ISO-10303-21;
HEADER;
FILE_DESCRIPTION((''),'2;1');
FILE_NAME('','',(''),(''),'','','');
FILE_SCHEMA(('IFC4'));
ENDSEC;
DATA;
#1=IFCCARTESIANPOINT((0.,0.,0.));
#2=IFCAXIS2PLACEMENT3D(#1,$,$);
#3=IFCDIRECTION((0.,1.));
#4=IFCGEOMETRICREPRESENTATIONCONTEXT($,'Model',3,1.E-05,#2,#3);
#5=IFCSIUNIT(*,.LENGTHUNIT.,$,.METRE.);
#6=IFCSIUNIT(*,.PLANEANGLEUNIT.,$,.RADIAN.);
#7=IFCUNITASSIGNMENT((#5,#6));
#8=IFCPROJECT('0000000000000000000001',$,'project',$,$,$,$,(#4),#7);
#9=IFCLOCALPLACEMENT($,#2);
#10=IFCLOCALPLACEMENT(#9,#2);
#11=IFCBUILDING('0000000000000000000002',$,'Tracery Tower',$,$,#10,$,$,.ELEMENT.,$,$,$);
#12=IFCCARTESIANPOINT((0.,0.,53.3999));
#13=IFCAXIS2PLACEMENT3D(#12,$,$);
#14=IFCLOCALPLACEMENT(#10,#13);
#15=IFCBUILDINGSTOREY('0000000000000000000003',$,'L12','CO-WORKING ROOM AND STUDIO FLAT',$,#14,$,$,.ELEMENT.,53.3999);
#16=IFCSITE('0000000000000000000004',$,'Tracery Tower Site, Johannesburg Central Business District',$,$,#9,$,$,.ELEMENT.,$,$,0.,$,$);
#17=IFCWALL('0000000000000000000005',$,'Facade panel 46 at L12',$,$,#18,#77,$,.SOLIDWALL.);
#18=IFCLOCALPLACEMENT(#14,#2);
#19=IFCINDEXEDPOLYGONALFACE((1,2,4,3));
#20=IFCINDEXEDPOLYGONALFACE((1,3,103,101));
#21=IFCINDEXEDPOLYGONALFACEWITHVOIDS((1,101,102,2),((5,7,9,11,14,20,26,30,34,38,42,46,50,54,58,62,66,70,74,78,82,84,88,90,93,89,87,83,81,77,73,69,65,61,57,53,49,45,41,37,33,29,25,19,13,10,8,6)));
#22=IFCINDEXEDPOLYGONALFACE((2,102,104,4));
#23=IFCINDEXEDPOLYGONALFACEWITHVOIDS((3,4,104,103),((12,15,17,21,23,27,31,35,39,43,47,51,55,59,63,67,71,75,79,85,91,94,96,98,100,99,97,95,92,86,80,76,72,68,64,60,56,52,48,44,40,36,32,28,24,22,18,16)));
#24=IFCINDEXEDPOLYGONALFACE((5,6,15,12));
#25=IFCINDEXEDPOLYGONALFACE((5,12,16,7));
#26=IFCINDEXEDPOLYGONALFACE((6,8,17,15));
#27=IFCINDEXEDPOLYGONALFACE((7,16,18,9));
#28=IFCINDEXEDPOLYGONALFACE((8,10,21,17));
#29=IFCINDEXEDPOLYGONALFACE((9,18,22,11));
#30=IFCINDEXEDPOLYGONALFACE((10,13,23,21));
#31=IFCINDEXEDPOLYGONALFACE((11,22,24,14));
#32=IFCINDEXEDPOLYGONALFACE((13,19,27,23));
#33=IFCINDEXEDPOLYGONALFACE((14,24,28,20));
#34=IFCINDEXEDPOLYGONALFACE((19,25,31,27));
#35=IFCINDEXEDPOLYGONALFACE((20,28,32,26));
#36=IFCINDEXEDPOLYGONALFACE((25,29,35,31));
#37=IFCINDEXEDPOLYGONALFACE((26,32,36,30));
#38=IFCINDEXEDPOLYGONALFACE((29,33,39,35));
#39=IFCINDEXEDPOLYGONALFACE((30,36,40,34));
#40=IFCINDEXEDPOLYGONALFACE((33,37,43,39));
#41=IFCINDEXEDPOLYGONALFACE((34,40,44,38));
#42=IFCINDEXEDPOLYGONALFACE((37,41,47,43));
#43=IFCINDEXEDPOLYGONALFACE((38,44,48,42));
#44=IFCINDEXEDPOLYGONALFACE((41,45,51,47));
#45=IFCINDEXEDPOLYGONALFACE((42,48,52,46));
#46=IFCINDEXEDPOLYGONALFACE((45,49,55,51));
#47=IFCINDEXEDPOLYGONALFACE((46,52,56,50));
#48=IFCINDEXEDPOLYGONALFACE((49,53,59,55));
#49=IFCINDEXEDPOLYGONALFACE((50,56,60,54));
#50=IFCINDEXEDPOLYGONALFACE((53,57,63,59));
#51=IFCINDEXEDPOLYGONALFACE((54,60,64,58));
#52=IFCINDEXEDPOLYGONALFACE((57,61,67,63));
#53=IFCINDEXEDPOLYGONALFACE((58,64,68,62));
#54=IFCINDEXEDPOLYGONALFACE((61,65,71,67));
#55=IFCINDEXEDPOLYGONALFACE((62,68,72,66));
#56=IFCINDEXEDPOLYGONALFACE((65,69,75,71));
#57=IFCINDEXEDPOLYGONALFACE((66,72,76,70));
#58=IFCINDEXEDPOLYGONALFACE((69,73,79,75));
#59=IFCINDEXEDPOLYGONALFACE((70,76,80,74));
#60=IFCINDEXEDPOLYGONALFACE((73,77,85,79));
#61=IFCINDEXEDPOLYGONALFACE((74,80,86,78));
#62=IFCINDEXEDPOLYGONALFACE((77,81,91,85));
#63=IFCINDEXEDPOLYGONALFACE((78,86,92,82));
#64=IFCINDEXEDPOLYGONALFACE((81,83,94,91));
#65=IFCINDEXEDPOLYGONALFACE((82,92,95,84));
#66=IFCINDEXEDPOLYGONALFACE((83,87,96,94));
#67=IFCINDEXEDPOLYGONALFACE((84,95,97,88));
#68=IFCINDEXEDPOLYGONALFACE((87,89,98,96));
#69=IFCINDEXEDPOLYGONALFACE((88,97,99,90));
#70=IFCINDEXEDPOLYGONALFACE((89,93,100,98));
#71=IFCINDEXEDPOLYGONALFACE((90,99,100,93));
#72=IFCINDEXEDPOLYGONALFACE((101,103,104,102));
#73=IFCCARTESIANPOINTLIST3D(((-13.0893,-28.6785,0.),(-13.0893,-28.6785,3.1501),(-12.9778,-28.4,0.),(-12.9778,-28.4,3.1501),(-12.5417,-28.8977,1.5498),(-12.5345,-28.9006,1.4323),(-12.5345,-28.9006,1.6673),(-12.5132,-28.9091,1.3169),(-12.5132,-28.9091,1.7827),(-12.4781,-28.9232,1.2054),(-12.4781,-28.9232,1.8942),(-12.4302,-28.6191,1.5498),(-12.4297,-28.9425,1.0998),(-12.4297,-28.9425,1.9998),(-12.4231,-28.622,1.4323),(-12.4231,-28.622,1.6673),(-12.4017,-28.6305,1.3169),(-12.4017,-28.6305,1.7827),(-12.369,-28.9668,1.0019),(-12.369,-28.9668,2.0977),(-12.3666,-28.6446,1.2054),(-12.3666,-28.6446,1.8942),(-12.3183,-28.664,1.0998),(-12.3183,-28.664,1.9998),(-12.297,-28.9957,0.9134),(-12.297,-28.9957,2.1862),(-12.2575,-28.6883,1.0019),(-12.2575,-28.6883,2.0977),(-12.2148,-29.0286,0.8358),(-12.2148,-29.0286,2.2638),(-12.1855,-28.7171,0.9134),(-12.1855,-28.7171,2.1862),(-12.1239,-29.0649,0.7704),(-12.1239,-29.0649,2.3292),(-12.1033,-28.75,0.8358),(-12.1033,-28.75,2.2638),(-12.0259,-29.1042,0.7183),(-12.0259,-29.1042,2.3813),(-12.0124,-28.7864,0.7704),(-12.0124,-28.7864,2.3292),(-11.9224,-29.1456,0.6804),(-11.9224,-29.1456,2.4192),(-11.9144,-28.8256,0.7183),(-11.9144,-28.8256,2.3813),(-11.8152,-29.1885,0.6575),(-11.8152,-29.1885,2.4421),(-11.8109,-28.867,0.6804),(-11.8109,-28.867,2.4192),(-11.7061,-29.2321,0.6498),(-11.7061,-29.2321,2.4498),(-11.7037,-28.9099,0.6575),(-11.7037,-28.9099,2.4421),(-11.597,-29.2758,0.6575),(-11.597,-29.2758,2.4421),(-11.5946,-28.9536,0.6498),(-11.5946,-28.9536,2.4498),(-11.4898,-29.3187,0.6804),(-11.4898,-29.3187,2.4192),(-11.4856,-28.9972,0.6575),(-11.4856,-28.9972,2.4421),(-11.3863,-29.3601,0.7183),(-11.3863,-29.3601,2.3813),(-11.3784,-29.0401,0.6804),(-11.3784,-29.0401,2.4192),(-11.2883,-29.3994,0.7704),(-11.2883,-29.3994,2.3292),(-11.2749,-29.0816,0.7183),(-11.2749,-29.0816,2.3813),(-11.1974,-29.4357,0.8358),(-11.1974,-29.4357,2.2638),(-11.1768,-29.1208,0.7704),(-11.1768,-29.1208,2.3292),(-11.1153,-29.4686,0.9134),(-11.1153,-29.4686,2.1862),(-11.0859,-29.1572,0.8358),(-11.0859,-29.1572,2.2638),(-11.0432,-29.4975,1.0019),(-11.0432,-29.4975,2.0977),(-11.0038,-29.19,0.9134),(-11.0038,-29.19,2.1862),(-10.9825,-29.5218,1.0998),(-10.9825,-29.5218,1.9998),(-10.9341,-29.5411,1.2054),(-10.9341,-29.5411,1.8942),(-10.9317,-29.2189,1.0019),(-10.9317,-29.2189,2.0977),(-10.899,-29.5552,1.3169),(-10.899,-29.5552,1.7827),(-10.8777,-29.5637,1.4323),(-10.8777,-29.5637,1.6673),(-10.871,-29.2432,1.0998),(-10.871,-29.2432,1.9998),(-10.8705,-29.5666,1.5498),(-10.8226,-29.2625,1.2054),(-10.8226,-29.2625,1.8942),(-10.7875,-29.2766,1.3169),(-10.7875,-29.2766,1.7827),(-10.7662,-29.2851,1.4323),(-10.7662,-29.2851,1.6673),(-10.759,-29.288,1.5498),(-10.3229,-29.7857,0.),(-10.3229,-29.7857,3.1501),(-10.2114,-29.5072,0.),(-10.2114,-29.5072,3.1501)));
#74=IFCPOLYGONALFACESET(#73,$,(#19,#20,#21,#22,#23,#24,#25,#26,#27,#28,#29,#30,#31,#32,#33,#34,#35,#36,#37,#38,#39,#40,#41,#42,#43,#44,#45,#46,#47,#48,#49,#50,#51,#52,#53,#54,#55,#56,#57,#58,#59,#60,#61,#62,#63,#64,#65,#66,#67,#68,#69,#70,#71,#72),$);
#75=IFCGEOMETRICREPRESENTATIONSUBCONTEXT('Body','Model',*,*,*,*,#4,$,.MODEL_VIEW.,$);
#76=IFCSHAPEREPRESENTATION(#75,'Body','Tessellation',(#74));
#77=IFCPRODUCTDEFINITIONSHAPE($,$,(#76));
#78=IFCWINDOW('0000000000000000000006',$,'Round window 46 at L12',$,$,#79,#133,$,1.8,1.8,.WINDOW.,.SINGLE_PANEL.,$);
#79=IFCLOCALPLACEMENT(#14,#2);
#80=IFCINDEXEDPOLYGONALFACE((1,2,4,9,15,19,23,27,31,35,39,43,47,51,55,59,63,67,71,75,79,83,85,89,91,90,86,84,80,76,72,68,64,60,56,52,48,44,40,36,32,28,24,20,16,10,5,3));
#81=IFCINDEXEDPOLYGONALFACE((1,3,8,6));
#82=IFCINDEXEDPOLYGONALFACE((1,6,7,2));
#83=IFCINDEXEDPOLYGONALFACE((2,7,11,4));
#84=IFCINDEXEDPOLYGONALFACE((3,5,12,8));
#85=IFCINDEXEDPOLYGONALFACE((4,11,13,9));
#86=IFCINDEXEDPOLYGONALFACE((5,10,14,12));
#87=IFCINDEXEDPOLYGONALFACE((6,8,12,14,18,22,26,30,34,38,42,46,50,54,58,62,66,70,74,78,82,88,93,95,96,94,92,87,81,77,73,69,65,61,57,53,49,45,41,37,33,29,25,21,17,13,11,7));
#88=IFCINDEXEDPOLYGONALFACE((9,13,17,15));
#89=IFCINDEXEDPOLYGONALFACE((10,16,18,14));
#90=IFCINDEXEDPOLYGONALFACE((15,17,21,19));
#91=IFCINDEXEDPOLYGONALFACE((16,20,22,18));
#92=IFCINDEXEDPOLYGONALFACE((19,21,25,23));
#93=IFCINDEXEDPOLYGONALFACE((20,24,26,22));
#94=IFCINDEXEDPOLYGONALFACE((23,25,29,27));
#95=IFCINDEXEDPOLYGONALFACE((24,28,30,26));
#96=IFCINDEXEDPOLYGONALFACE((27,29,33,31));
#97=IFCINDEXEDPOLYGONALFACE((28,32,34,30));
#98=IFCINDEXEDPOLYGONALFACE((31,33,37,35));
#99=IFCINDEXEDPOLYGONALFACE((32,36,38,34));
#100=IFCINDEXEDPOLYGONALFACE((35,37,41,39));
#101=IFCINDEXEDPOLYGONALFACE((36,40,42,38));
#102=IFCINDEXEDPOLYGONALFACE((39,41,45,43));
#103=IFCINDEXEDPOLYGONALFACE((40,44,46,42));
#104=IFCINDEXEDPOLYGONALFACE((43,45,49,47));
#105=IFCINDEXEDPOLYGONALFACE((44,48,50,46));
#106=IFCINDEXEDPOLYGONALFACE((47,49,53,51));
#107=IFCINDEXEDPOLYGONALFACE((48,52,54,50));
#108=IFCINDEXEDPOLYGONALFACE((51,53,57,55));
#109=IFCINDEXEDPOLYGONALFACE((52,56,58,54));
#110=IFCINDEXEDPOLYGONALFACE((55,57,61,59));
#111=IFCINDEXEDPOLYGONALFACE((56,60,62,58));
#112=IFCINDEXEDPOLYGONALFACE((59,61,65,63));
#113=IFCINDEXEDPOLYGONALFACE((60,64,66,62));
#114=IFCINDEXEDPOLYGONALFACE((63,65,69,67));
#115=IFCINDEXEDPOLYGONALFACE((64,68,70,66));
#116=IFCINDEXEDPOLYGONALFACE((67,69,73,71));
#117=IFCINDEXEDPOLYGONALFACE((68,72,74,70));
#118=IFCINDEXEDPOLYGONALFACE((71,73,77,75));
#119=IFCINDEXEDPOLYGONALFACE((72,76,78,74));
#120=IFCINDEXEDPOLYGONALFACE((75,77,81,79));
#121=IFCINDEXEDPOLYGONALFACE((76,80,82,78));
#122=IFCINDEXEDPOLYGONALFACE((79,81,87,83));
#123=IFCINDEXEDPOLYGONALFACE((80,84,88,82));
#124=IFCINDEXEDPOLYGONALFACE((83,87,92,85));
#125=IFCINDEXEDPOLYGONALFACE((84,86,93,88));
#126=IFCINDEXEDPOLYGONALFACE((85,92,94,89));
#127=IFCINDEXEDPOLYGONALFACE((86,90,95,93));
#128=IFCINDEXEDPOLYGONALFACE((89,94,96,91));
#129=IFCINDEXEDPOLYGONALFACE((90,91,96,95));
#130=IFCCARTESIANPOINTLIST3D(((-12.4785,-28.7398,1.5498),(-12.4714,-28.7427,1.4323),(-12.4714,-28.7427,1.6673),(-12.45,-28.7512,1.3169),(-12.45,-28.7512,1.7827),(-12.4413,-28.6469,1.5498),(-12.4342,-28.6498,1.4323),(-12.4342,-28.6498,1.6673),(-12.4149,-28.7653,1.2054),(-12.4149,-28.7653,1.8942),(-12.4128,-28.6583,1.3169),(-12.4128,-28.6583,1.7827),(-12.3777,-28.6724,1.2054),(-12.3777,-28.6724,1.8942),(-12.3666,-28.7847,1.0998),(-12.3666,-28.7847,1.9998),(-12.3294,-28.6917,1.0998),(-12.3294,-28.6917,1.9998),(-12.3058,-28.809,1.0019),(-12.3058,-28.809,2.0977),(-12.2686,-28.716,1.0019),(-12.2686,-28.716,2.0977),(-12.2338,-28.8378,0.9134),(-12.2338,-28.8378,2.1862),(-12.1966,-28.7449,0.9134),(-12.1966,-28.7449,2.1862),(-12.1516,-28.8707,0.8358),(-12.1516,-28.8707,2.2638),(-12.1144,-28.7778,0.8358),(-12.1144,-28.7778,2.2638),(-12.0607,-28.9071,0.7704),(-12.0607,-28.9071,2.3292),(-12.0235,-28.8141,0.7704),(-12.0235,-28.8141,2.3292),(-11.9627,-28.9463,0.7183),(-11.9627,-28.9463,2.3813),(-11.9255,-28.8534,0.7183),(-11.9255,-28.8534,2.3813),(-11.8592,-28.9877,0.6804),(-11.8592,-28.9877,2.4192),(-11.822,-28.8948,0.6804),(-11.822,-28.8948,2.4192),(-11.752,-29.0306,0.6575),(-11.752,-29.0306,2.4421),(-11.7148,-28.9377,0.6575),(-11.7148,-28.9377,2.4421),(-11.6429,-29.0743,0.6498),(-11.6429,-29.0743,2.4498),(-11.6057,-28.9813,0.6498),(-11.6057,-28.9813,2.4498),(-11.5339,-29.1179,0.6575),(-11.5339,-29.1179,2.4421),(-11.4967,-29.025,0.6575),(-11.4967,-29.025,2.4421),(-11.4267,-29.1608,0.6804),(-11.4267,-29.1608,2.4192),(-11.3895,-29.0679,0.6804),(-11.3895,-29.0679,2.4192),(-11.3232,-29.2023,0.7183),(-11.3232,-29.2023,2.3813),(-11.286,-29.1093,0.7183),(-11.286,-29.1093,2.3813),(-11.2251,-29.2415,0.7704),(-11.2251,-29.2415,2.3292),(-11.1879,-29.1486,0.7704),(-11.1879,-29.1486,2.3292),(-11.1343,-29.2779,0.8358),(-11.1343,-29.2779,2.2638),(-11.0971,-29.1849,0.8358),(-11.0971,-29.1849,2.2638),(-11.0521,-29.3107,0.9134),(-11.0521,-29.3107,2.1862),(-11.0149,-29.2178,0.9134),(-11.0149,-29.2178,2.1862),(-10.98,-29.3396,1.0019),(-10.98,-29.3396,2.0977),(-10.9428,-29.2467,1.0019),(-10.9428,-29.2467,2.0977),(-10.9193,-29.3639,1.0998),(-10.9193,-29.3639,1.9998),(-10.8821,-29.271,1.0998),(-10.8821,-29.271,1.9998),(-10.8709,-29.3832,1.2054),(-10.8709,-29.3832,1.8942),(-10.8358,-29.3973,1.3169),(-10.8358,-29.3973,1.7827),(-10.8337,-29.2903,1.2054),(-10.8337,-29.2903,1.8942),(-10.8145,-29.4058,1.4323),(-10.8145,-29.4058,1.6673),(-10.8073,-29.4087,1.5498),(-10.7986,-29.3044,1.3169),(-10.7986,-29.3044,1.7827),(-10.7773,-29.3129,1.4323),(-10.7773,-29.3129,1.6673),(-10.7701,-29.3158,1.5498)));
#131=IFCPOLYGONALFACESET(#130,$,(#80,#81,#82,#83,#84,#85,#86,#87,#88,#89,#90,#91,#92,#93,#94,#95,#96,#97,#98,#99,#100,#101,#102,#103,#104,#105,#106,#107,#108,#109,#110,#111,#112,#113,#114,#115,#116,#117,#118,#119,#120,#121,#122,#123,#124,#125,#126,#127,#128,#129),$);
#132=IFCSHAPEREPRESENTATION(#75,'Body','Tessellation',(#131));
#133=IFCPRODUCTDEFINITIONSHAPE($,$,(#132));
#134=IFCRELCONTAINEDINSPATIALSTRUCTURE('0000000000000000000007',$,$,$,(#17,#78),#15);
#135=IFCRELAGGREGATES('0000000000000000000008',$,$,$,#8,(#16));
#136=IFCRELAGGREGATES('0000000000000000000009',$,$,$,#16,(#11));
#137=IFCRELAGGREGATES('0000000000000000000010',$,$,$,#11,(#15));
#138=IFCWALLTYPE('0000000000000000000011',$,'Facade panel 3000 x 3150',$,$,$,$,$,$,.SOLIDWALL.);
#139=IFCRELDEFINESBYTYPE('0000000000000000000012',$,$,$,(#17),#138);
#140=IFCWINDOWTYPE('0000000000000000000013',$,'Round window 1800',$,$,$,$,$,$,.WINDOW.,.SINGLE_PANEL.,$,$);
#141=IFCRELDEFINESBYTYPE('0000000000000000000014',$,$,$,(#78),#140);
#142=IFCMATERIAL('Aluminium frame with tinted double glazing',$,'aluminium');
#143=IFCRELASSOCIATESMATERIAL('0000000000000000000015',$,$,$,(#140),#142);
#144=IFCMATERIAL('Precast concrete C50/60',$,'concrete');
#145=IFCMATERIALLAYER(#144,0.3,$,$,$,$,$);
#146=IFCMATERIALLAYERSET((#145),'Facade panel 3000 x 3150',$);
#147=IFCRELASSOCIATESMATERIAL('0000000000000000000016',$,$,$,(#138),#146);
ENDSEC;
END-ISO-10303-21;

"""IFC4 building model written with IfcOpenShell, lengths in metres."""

from ifc_helpers import new_model, si_unit, direction, frame, frame_2d, origin, origin_2d, place, context, subcontext, project, spatial, rectangle, circle, extrude, material, layer, layer_set, type_object, element, fill, save


model = new_model("IFC4")

# Units and contexts
model_context = context("Model", 3, precision=1e-05, world=origin(), true_north=direction((0.0, 1.0)))
body_context = subcontext(model_context, "Body", "Model", "MODEL_VIEW")
ifc_project = project(units=[si_unit("LENGTHUNIT", "METRE"), si_unit("PLANEANGLEUNIT", "RADIAN")], contexts=[model_context])

# Site, building, storey
site_placement = place(None, origin())
site = spatial("IfcSite", under=ifc_project, at=site_placement, Name="Tracery Tower Site, Johannesburg Central Business District", CompositionType="ELEMENT", RefElevation=0.0)
building_placement = place(site_placement, origin())
building = spatial("IfcBuilding", under=site, at=building_placement, Name="Tracery Tower", CompositionType="ELEMENT")
storey_placement = place(building_placement, frame((0.0, 0.0, 53.3999)))
storey = spatial("IfcBuildingStorey", under=building, at=storey_placement, Name="L12", Description="CO-WORKING ROOM AND STUDIO FLAT", CompositionType="ELEMENT", Elevation=53.3999)

# Wall, opening, window
ifc_material_1 = material(Name="Aluminium frame with tinted double glazing", Category="aluminium")
window_type = type_object("IfcWindowType", Name="Round window 1800", PartitioningType="SINGLE_PANEL", PredefinedType="WINDOW", material=ifc_material_1)
ifc_material_2 = material(Name="Precast concrete C50/60", Category="concrete")
ifc_layer_1 = layer(ifc_material_2, 0.3)
ifc_layer_set_1 = layer_set([ifc_layer_1], Name="Facade panel 3000 x 3150")
wall_type_1 = type_object("IfcWallType", Name="Facade panel 3000 x 3150", PredefinedType="SOLIDWALL", material=ifc_layer_set_1)
wall_1_placement = place(storey_placement, frame((-13.0334, -28.5393, 0.0), z_axis=(0.0, 0.0, 1.0), x_axis=(0.928403, -0.371574, 0.0)))
wall_1 = element("IfcWall", 1, at=wall_1_placement, inside=storey, type_object=wall_type_1, Name="Facade panel 46 at L12", PredefinedType="SOLIDWALL", context=body_context, shape_type="SweptSolid", body=[
    extrude(rectangle(XDim=2.9797, YDim=0.3, at=frame_2d((1.4897, 0.0))), origin(), (0.0, 0.0, 1.0), 3.1501),
])
opening_1_placement = place(wall_1_placement, frame((1.4897, 0.0, 1.5498)))
opening_1 = element("IfcOpeningElement", 2, at=opening_1_placement, cuts=wall_1, PredefinedType="OPENING", context=body_context, shape_type="SweptSolid", body=[
    extrude(circle(Radius=0.9, at=origin_2d()), frame((0.0, 0.1599, 0.0), z_axis=(0.0, -1.0, 0.0), x_axis=(1.0, 0.0, 0.0)), (0.0, 0.0, 1.0), 0.3201),
])
window_1_placement = place(opening_1_placement, origin())
window_1 = element("IfcWindow", 3, at=window_1_placement, inside=storey, type_object=window_type, Name="Round window 46 at L12", OverallHeight=1.8, OverallWidth=1.8, PartitioningType="SINGLE_PANEL", PredefinedType="WINDOW", context=body_context, shape_type="SweptSolid", body=[
    extrude(circle(Radius=0.9, at=origin_2d()), frame((0.0, 0.1201, 0.0), z_axis=(0.0, -1.0, 0.0), x_axis=(1.0, 0.0, 0.0)), (0.0, 0.0, 1.0), 0.1001),
])
fill(opening_1, window_1)

save(model, "model.ifc")
